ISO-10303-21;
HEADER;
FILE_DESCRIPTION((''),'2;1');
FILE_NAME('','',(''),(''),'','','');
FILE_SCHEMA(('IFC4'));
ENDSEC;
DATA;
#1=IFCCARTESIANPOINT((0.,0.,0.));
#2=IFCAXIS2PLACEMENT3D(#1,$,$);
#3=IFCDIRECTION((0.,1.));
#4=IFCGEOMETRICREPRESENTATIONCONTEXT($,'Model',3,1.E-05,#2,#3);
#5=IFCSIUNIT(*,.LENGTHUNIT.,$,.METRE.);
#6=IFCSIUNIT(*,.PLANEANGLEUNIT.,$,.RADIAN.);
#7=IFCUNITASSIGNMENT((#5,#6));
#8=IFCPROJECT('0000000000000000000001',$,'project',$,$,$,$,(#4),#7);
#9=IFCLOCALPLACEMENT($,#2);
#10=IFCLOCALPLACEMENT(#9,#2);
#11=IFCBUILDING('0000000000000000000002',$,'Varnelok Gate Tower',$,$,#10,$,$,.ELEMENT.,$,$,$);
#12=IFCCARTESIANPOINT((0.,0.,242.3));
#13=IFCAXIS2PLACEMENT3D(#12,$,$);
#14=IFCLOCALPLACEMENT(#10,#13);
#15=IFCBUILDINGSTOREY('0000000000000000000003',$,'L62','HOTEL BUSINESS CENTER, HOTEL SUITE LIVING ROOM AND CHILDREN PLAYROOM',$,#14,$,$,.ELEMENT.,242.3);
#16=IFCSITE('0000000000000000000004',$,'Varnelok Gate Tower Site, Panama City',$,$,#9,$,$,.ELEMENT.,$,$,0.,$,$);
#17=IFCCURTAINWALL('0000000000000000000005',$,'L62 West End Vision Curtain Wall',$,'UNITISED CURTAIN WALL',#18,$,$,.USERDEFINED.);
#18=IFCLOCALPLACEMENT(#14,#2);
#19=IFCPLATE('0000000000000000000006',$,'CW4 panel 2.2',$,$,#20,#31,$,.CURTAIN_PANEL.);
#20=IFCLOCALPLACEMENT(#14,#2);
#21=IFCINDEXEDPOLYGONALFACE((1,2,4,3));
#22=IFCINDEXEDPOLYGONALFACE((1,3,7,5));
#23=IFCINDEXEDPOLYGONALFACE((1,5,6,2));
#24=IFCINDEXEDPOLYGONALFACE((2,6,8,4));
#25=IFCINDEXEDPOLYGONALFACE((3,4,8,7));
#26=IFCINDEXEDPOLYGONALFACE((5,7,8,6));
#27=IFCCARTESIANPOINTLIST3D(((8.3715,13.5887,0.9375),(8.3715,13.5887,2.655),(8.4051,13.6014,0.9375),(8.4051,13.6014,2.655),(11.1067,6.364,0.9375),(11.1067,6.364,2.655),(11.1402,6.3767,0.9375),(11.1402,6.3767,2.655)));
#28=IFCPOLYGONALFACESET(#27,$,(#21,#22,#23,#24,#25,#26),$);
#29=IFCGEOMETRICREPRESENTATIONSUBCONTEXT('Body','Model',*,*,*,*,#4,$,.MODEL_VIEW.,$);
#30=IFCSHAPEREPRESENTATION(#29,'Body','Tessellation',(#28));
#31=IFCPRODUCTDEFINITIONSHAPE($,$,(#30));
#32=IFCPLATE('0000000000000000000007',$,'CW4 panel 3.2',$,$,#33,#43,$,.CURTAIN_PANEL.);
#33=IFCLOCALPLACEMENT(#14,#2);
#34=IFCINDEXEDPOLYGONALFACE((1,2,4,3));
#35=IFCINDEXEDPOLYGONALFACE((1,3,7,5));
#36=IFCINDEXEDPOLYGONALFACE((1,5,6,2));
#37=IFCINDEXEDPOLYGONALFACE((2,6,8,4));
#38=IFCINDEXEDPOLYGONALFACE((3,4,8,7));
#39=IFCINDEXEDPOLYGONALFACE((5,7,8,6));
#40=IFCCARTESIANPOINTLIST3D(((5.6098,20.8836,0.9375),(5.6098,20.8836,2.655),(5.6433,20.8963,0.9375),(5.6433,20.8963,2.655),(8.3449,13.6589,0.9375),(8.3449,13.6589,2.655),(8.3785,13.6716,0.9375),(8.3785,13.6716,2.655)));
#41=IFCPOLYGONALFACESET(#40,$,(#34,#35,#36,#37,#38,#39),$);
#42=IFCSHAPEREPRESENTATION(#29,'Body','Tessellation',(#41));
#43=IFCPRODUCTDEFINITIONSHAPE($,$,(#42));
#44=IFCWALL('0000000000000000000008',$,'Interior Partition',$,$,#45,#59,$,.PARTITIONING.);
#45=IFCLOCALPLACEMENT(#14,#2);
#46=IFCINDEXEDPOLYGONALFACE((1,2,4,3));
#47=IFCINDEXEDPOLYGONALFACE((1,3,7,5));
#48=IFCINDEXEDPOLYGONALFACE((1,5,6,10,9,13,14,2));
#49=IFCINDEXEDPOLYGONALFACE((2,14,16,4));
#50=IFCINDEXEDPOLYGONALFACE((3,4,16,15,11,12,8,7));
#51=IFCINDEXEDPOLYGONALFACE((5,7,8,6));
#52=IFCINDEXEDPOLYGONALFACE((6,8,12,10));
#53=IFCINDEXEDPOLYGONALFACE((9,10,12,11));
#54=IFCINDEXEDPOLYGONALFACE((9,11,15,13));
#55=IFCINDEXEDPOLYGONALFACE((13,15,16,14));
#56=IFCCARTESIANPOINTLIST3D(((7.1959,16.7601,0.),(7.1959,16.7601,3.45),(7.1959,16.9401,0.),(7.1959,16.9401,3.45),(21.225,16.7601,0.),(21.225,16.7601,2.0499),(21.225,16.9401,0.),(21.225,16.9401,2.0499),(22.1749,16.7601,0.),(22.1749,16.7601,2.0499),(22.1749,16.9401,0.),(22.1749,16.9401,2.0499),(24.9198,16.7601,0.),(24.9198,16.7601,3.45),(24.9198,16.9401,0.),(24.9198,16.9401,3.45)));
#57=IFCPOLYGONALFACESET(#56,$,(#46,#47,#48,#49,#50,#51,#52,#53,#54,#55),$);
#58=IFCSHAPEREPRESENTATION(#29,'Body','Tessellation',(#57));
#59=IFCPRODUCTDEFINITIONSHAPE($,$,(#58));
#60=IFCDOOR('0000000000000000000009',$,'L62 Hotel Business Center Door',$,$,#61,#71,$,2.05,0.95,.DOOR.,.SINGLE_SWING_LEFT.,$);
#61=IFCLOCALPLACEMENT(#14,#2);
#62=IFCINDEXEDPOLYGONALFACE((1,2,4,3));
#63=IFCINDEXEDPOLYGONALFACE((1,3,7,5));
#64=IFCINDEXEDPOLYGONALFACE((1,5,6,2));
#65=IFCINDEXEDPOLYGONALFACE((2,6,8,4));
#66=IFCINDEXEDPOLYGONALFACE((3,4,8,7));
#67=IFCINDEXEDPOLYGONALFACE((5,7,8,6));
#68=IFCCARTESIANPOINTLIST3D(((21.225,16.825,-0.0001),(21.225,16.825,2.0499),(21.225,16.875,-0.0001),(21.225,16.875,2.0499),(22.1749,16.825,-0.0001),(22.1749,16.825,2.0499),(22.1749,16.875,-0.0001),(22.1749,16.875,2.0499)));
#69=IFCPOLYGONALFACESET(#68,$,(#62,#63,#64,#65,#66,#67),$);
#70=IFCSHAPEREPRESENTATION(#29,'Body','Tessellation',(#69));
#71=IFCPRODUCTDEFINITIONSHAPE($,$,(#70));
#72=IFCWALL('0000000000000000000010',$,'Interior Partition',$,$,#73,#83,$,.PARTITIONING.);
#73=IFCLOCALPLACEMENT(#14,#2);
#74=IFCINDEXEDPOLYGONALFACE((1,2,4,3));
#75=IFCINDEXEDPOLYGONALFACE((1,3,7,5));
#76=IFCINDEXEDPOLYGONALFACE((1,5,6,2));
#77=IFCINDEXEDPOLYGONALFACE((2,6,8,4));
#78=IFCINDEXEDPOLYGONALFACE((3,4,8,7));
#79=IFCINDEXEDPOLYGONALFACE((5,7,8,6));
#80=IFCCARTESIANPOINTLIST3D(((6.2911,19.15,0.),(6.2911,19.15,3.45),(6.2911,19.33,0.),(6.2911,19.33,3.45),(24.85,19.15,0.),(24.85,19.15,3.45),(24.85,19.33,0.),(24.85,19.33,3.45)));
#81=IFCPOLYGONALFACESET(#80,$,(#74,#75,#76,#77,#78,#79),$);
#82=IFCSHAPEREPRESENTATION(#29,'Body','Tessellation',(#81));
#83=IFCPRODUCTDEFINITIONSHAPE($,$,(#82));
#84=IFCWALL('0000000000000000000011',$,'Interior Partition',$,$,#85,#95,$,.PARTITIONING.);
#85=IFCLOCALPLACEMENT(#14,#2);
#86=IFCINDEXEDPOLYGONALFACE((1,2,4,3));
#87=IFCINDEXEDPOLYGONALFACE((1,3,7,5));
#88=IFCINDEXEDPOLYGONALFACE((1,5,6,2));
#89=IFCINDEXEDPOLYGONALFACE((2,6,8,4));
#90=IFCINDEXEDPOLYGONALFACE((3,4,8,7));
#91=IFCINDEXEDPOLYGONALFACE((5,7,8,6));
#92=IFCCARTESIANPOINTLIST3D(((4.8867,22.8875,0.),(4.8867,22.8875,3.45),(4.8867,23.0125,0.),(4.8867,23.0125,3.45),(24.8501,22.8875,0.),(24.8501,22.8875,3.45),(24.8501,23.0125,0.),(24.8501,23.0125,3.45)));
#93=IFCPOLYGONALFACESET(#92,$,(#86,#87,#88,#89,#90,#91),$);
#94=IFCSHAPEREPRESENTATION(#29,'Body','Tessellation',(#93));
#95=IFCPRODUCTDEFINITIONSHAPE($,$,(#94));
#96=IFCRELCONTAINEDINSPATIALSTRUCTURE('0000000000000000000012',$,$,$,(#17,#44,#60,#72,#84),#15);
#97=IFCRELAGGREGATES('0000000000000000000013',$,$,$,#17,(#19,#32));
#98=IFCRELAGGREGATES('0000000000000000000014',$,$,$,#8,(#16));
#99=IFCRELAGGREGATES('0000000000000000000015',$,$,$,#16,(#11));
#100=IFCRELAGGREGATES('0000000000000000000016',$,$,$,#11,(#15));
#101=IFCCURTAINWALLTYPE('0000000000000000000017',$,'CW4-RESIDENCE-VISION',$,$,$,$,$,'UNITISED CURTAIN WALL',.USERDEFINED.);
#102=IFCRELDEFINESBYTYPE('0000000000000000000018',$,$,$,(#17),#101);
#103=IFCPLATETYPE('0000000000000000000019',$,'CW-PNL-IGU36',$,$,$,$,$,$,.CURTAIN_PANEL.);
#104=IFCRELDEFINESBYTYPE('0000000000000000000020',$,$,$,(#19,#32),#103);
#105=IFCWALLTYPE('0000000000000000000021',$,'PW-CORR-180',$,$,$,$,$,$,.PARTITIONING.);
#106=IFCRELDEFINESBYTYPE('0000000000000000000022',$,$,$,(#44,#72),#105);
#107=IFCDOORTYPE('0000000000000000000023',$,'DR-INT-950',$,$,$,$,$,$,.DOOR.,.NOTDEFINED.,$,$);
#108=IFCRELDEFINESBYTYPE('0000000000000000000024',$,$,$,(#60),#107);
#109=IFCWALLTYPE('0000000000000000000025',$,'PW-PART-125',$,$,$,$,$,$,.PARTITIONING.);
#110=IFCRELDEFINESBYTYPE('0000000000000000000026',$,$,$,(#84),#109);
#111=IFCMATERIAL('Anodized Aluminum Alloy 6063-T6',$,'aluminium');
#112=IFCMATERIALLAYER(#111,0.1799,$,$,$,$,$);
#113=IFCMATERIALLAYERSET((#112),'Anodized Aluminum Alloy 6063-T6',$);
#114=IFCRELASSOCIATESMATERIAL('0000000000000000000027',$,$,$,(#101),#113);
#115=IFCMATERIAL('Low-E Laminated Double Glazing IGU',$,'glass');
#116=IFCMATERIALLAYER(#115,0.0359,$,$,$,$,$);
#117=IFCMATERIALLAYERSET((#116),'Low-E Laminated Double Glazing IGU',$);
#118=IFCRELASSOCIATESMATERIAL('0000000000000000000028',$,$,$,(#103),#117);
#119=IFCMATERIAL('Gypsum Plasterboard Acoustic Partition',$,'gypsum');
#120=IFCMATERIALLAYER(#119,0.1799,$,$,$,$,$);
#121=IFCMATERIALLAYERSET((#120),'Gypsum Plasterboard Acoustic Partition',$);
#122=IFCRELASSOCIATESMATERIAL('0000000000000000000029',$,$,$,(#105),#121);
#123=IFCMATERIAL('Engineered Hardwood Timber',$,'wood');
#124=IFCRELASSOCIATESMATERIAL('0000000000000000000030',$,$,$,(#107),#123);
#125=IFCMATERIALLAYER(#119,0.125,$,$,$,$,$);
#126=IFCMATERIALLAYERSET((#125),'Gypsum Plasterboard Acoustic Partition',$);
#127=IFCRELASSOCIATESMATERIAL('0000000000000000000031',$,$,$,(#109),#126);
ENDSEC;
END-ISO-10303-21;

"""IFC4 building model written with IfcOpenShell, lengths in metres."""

from ifc_helpers import new_model, si_unit, direction, frame, frame_2d, origin, origin_2d, place, context, subcontext, project, spatial, rectangle, extrude, source, transform, mapped, material, layer, layer_set, type_object, element, fill, aggregate, save


model = new_model("IFC4")

# Units and contexts
model_context = context("Model", 3, precision=1e-05, world=origin(), true_north=direction((0.0, 1.0)))
body_context = subcontext(model_context, "Body", "Model", "MODEL_VIEW")
ifc_project = project(units=[si_unit("LENGTHUNIT", "METRE"), si_unit("PLANEANGLEUNIT", "RADIAN")], contexts=[model_context])

# Site, building, storey
site_placement = place(None, origin())
site = spatial("IfcSite", under=ifc_project, at=site_placement, Name="Varnelok Gate Tower Site, Panama City", CompositionType="ELEMENT", RefElevation=0.0)
building_placement = place(site_placement, origin())
building = spatial("IfcBuilding", under=site, at=building_placement, Name="Varnelok Gate Tower", CompositionType="ELEMENT")
storey_placement = place(building_placement, frame((0.0, 0.0, 242.3)))
storey = spatial("IfcBuildingStorey", under=building, at=storey_placement, Name="L62", Description="HOTEL BUSINESS CENTER, HOTEL SUITE LIVING ROOM AND CHILDREN PLAYROOM", CompositionType="ELEMENT", Elevation=242.3)

# Curtain wall, plates
ifc_material_1 = material(Name="Anodized Aluminum Alloy 6063-T6", Category="aluminium")
ifc_layer_1 = layer(ifc_material_1, 0.1799)
ifc_layer_set_1 = layer_set([ifc_layer_1], Name="Anodized Aluminum Alloy 6063-T6")
curtain_wall_type = type_object("IfcCurtainWallType", Name="CW4-RESIDENCE-VISION", ElementType="UNITISED CURTAIN WALL", PredefinedType="USERDEFINED", material=ifc_layer_set_1)
curtain_wall_placement = place(storey_placement, origin())
curtain_wall = element("IfcCurtainWall", 1, at=curtain_wall_placement, inside=storey, type_object=curtain_wall_type, Name="L62 West End Vision Curtain Wall", ObjectType="UNITISED CURTAIN WALL", PredefinedType="USERDEFINED")
ifc_material_2 = material(Name="Low-E Laminated Double Glazing IGU", Category="glass")
ifc_layer_2 = layer(ifc_material_2, 0.0359)
ifc_layer_set_2 = layer_set([ifc_layer_2], Name="Low-E Laminated Double Glazing IGU")
plate_type = type_object("IfcPlateType", Name="CW-PNL-IGU36", PredefinedType="CURTAIN_PANEL", material=ifc_layer_set_2)
shared_shape_1 = source(origin(), body_context, "Body", "SweptSolid", [
    extrude(rectangle(XDim=7.7251, YDim=0.0359, at=origin_2d()), origin(), (0.0, 0.0, 1.0), 1.7175),
])
plate_1_placement = place(storey_placement, frame((9.7559, 9.9827, 0.9375), z_axis=(0.0, 0.0, 1.0), x_axis=(-0.354063, 0.935222, 0.0)))
plate_1 = element("IfcPlate", 2, at=plate_1_placement, type_object=plate_type, Name="CW4 panel 2.2", PredefinedType="CURTAIN_PANEL", context=body_context, shape_type="MappedRepresentation", body=[
    mapped(shared_shape_1, transform((0.0, 0.0, 0.0), scale=1.0)),
])
plate_2_placement = place(storey_placement, frame((6.9941, 17.2776, 0.9375), z_axis=(0.0, 0.0, 1.0), x_axis=(-0.354063, 0.935222, 0.0)))
plate_2 = element("IfcPlate", 3, at=plate_2_placement, type_object=plate_type, Name="CW4 panel 3.2", PredefinedType="CURTAIN_PANEL", context=body_context, shape_type="MappedRepresentation", body=[
    mapped(shared_shape_1, transform((0.0, 0.0, 0.0), scale=1.0)),
])
aggregate(curtain_wall, [plate_1, plate_2])

# Wall, opening, door
ifc_material_3 = material(Name="Gypsum Plasterboard Acoustic Partition", Category="gypsum")
ifc_layer_3 = layer(ifc_material_3, 0.1799)
ifc_layer_set_3 = layer_set([ifc_layer_3], Name="Gypsum Plasterboard Acoustic Partition")
wall_type_1 = type_object("IfcWallType", Name="PW-CORR-180", PredefinedType="PARTITIONING", material=ifc_layer_set_3)
wall_1_placement = place(storey_placement, frame((7.196, 16.8501, 0.0), z_axis=(0.0, 0.0, 1.0), x_axis=(1.0, 0.0, 0.0)))
wall_1 = element("IfcWall", 4, at=wall_1_placement, inside=storey, type_object=wall_type_1, Name="Interior Partition", PredefinedType="PARTITIONING", context=body_context, shape_type="SweptSolid", body=[
    extrude(rectangle(XDim=17.7239, YDim=0.1799, at=frame_2d((8.8618, 0.0))), origin(), (0.0, 0.0, 1.0), 3.45),
])
opening_placement = place(wall_1_placement, frame((14.0288, 0.0, 0.0)))
opening = element("IfcOpeningElement", 5, at=opening_placement, cuts=wall_1, PredefinedType="OPENING", context=body_context, shape_type="SweptSolid", body=[
    extrude(rectangle(XDim=0.95, YDim=2.05, at=frame_2d((0.4751, 1.0249))), frame((0.0, 0.0999, 0.0), z_axis=(0.0, -1.0, 0.0), x_axis=(1.0, 0.0, 0.0)), (0.0, 0.0, 1.0), 0.2),
])
ifc_material_4 = material(Name="Engineered Hardwood Timber", Category="wood")
door_type = type_object("IfcDoorType", Name="DR-INT-950", OperationType="NOTDEFINED", PredefinedType="DOOR", material=ifc_material_4)
door_placement = place(opening_placement, origin())
door = element("IfcDoor", 6, at=door_placement, inside=storey, type_object=door_type, Name="L62 Hotel Business Center Door", OperationType="SINGLE_SWING_LEFT", OverallHeight=2.05, OverallWidth=0.95, PredefinedType="DOOR", context=body_context, shape_type="SweptSolid", body=[
    extrude(rectangle(XDim=0.95, YDim=2.05, at=frame_2d((0.4751, 1.0249))), frame((0.0, 0.0249, 0.0), z_axis=(0.0, -1.0, 0.0), x_axis=(1.0, 0.0, 0.0)), (0.0, 0.0, 1.0), 0.05),
])
fill(opening, door)

# Walls
wall_2_placement = place(storey_placement, frame((6.2913, 19.24, 0.0), z_axis=(0.0, 0.0, 1.0), x_axis=(1.0, 0.0, 0.0)))
element("IfcWall", 7, at=wall_2_placement, inside=storey, type_object=wall_type_1, Name="Interior Partition", PredefinedType="PARTITIONING", context=body_context, shape_type="SweptSolid", body=[
    extrude(rectangle(XDim=18.5588, YDim=0.1799, at=frame_2d((9.2793, 0.0))), origin(), (0.0, 0.0, 1.0), 3.45),
])
ifc_layer_4 = layer(ifc_material_3, 0.125)
ifc_layer_set_4 = layer_set([ifc_layer_4], Name="Gypsum Plasterboard Acoustic Partition")
wall_type_2 = type_object("IfcWallType", Name="PW-PART-125", PredefinedType="PARTITIONING", material=ifc_layer_set_4)
wall_3_placement = place(storey_placement, frame((4.8867, 22.95, 0.0), z_axis=(0.0, 0.0, 1.0), x_axis=(1.0, 0.0, 0.0)))
element("IfcWall", 8, at=wall_3_placement, inside=storey, type_object=wall_type_2, Name="Interior Partition", PredefinedType="PARTITIONING", context=body_context, shape_type="SweptSolid", body=[
    extrude(rectangle(XDim=19.9634, YDim=0.125, at=frame_2d((9.9817, 0.0))), origin(), (0.0, 0.0, 1.0), 3.45),
])

save(model, "model.ifc")
